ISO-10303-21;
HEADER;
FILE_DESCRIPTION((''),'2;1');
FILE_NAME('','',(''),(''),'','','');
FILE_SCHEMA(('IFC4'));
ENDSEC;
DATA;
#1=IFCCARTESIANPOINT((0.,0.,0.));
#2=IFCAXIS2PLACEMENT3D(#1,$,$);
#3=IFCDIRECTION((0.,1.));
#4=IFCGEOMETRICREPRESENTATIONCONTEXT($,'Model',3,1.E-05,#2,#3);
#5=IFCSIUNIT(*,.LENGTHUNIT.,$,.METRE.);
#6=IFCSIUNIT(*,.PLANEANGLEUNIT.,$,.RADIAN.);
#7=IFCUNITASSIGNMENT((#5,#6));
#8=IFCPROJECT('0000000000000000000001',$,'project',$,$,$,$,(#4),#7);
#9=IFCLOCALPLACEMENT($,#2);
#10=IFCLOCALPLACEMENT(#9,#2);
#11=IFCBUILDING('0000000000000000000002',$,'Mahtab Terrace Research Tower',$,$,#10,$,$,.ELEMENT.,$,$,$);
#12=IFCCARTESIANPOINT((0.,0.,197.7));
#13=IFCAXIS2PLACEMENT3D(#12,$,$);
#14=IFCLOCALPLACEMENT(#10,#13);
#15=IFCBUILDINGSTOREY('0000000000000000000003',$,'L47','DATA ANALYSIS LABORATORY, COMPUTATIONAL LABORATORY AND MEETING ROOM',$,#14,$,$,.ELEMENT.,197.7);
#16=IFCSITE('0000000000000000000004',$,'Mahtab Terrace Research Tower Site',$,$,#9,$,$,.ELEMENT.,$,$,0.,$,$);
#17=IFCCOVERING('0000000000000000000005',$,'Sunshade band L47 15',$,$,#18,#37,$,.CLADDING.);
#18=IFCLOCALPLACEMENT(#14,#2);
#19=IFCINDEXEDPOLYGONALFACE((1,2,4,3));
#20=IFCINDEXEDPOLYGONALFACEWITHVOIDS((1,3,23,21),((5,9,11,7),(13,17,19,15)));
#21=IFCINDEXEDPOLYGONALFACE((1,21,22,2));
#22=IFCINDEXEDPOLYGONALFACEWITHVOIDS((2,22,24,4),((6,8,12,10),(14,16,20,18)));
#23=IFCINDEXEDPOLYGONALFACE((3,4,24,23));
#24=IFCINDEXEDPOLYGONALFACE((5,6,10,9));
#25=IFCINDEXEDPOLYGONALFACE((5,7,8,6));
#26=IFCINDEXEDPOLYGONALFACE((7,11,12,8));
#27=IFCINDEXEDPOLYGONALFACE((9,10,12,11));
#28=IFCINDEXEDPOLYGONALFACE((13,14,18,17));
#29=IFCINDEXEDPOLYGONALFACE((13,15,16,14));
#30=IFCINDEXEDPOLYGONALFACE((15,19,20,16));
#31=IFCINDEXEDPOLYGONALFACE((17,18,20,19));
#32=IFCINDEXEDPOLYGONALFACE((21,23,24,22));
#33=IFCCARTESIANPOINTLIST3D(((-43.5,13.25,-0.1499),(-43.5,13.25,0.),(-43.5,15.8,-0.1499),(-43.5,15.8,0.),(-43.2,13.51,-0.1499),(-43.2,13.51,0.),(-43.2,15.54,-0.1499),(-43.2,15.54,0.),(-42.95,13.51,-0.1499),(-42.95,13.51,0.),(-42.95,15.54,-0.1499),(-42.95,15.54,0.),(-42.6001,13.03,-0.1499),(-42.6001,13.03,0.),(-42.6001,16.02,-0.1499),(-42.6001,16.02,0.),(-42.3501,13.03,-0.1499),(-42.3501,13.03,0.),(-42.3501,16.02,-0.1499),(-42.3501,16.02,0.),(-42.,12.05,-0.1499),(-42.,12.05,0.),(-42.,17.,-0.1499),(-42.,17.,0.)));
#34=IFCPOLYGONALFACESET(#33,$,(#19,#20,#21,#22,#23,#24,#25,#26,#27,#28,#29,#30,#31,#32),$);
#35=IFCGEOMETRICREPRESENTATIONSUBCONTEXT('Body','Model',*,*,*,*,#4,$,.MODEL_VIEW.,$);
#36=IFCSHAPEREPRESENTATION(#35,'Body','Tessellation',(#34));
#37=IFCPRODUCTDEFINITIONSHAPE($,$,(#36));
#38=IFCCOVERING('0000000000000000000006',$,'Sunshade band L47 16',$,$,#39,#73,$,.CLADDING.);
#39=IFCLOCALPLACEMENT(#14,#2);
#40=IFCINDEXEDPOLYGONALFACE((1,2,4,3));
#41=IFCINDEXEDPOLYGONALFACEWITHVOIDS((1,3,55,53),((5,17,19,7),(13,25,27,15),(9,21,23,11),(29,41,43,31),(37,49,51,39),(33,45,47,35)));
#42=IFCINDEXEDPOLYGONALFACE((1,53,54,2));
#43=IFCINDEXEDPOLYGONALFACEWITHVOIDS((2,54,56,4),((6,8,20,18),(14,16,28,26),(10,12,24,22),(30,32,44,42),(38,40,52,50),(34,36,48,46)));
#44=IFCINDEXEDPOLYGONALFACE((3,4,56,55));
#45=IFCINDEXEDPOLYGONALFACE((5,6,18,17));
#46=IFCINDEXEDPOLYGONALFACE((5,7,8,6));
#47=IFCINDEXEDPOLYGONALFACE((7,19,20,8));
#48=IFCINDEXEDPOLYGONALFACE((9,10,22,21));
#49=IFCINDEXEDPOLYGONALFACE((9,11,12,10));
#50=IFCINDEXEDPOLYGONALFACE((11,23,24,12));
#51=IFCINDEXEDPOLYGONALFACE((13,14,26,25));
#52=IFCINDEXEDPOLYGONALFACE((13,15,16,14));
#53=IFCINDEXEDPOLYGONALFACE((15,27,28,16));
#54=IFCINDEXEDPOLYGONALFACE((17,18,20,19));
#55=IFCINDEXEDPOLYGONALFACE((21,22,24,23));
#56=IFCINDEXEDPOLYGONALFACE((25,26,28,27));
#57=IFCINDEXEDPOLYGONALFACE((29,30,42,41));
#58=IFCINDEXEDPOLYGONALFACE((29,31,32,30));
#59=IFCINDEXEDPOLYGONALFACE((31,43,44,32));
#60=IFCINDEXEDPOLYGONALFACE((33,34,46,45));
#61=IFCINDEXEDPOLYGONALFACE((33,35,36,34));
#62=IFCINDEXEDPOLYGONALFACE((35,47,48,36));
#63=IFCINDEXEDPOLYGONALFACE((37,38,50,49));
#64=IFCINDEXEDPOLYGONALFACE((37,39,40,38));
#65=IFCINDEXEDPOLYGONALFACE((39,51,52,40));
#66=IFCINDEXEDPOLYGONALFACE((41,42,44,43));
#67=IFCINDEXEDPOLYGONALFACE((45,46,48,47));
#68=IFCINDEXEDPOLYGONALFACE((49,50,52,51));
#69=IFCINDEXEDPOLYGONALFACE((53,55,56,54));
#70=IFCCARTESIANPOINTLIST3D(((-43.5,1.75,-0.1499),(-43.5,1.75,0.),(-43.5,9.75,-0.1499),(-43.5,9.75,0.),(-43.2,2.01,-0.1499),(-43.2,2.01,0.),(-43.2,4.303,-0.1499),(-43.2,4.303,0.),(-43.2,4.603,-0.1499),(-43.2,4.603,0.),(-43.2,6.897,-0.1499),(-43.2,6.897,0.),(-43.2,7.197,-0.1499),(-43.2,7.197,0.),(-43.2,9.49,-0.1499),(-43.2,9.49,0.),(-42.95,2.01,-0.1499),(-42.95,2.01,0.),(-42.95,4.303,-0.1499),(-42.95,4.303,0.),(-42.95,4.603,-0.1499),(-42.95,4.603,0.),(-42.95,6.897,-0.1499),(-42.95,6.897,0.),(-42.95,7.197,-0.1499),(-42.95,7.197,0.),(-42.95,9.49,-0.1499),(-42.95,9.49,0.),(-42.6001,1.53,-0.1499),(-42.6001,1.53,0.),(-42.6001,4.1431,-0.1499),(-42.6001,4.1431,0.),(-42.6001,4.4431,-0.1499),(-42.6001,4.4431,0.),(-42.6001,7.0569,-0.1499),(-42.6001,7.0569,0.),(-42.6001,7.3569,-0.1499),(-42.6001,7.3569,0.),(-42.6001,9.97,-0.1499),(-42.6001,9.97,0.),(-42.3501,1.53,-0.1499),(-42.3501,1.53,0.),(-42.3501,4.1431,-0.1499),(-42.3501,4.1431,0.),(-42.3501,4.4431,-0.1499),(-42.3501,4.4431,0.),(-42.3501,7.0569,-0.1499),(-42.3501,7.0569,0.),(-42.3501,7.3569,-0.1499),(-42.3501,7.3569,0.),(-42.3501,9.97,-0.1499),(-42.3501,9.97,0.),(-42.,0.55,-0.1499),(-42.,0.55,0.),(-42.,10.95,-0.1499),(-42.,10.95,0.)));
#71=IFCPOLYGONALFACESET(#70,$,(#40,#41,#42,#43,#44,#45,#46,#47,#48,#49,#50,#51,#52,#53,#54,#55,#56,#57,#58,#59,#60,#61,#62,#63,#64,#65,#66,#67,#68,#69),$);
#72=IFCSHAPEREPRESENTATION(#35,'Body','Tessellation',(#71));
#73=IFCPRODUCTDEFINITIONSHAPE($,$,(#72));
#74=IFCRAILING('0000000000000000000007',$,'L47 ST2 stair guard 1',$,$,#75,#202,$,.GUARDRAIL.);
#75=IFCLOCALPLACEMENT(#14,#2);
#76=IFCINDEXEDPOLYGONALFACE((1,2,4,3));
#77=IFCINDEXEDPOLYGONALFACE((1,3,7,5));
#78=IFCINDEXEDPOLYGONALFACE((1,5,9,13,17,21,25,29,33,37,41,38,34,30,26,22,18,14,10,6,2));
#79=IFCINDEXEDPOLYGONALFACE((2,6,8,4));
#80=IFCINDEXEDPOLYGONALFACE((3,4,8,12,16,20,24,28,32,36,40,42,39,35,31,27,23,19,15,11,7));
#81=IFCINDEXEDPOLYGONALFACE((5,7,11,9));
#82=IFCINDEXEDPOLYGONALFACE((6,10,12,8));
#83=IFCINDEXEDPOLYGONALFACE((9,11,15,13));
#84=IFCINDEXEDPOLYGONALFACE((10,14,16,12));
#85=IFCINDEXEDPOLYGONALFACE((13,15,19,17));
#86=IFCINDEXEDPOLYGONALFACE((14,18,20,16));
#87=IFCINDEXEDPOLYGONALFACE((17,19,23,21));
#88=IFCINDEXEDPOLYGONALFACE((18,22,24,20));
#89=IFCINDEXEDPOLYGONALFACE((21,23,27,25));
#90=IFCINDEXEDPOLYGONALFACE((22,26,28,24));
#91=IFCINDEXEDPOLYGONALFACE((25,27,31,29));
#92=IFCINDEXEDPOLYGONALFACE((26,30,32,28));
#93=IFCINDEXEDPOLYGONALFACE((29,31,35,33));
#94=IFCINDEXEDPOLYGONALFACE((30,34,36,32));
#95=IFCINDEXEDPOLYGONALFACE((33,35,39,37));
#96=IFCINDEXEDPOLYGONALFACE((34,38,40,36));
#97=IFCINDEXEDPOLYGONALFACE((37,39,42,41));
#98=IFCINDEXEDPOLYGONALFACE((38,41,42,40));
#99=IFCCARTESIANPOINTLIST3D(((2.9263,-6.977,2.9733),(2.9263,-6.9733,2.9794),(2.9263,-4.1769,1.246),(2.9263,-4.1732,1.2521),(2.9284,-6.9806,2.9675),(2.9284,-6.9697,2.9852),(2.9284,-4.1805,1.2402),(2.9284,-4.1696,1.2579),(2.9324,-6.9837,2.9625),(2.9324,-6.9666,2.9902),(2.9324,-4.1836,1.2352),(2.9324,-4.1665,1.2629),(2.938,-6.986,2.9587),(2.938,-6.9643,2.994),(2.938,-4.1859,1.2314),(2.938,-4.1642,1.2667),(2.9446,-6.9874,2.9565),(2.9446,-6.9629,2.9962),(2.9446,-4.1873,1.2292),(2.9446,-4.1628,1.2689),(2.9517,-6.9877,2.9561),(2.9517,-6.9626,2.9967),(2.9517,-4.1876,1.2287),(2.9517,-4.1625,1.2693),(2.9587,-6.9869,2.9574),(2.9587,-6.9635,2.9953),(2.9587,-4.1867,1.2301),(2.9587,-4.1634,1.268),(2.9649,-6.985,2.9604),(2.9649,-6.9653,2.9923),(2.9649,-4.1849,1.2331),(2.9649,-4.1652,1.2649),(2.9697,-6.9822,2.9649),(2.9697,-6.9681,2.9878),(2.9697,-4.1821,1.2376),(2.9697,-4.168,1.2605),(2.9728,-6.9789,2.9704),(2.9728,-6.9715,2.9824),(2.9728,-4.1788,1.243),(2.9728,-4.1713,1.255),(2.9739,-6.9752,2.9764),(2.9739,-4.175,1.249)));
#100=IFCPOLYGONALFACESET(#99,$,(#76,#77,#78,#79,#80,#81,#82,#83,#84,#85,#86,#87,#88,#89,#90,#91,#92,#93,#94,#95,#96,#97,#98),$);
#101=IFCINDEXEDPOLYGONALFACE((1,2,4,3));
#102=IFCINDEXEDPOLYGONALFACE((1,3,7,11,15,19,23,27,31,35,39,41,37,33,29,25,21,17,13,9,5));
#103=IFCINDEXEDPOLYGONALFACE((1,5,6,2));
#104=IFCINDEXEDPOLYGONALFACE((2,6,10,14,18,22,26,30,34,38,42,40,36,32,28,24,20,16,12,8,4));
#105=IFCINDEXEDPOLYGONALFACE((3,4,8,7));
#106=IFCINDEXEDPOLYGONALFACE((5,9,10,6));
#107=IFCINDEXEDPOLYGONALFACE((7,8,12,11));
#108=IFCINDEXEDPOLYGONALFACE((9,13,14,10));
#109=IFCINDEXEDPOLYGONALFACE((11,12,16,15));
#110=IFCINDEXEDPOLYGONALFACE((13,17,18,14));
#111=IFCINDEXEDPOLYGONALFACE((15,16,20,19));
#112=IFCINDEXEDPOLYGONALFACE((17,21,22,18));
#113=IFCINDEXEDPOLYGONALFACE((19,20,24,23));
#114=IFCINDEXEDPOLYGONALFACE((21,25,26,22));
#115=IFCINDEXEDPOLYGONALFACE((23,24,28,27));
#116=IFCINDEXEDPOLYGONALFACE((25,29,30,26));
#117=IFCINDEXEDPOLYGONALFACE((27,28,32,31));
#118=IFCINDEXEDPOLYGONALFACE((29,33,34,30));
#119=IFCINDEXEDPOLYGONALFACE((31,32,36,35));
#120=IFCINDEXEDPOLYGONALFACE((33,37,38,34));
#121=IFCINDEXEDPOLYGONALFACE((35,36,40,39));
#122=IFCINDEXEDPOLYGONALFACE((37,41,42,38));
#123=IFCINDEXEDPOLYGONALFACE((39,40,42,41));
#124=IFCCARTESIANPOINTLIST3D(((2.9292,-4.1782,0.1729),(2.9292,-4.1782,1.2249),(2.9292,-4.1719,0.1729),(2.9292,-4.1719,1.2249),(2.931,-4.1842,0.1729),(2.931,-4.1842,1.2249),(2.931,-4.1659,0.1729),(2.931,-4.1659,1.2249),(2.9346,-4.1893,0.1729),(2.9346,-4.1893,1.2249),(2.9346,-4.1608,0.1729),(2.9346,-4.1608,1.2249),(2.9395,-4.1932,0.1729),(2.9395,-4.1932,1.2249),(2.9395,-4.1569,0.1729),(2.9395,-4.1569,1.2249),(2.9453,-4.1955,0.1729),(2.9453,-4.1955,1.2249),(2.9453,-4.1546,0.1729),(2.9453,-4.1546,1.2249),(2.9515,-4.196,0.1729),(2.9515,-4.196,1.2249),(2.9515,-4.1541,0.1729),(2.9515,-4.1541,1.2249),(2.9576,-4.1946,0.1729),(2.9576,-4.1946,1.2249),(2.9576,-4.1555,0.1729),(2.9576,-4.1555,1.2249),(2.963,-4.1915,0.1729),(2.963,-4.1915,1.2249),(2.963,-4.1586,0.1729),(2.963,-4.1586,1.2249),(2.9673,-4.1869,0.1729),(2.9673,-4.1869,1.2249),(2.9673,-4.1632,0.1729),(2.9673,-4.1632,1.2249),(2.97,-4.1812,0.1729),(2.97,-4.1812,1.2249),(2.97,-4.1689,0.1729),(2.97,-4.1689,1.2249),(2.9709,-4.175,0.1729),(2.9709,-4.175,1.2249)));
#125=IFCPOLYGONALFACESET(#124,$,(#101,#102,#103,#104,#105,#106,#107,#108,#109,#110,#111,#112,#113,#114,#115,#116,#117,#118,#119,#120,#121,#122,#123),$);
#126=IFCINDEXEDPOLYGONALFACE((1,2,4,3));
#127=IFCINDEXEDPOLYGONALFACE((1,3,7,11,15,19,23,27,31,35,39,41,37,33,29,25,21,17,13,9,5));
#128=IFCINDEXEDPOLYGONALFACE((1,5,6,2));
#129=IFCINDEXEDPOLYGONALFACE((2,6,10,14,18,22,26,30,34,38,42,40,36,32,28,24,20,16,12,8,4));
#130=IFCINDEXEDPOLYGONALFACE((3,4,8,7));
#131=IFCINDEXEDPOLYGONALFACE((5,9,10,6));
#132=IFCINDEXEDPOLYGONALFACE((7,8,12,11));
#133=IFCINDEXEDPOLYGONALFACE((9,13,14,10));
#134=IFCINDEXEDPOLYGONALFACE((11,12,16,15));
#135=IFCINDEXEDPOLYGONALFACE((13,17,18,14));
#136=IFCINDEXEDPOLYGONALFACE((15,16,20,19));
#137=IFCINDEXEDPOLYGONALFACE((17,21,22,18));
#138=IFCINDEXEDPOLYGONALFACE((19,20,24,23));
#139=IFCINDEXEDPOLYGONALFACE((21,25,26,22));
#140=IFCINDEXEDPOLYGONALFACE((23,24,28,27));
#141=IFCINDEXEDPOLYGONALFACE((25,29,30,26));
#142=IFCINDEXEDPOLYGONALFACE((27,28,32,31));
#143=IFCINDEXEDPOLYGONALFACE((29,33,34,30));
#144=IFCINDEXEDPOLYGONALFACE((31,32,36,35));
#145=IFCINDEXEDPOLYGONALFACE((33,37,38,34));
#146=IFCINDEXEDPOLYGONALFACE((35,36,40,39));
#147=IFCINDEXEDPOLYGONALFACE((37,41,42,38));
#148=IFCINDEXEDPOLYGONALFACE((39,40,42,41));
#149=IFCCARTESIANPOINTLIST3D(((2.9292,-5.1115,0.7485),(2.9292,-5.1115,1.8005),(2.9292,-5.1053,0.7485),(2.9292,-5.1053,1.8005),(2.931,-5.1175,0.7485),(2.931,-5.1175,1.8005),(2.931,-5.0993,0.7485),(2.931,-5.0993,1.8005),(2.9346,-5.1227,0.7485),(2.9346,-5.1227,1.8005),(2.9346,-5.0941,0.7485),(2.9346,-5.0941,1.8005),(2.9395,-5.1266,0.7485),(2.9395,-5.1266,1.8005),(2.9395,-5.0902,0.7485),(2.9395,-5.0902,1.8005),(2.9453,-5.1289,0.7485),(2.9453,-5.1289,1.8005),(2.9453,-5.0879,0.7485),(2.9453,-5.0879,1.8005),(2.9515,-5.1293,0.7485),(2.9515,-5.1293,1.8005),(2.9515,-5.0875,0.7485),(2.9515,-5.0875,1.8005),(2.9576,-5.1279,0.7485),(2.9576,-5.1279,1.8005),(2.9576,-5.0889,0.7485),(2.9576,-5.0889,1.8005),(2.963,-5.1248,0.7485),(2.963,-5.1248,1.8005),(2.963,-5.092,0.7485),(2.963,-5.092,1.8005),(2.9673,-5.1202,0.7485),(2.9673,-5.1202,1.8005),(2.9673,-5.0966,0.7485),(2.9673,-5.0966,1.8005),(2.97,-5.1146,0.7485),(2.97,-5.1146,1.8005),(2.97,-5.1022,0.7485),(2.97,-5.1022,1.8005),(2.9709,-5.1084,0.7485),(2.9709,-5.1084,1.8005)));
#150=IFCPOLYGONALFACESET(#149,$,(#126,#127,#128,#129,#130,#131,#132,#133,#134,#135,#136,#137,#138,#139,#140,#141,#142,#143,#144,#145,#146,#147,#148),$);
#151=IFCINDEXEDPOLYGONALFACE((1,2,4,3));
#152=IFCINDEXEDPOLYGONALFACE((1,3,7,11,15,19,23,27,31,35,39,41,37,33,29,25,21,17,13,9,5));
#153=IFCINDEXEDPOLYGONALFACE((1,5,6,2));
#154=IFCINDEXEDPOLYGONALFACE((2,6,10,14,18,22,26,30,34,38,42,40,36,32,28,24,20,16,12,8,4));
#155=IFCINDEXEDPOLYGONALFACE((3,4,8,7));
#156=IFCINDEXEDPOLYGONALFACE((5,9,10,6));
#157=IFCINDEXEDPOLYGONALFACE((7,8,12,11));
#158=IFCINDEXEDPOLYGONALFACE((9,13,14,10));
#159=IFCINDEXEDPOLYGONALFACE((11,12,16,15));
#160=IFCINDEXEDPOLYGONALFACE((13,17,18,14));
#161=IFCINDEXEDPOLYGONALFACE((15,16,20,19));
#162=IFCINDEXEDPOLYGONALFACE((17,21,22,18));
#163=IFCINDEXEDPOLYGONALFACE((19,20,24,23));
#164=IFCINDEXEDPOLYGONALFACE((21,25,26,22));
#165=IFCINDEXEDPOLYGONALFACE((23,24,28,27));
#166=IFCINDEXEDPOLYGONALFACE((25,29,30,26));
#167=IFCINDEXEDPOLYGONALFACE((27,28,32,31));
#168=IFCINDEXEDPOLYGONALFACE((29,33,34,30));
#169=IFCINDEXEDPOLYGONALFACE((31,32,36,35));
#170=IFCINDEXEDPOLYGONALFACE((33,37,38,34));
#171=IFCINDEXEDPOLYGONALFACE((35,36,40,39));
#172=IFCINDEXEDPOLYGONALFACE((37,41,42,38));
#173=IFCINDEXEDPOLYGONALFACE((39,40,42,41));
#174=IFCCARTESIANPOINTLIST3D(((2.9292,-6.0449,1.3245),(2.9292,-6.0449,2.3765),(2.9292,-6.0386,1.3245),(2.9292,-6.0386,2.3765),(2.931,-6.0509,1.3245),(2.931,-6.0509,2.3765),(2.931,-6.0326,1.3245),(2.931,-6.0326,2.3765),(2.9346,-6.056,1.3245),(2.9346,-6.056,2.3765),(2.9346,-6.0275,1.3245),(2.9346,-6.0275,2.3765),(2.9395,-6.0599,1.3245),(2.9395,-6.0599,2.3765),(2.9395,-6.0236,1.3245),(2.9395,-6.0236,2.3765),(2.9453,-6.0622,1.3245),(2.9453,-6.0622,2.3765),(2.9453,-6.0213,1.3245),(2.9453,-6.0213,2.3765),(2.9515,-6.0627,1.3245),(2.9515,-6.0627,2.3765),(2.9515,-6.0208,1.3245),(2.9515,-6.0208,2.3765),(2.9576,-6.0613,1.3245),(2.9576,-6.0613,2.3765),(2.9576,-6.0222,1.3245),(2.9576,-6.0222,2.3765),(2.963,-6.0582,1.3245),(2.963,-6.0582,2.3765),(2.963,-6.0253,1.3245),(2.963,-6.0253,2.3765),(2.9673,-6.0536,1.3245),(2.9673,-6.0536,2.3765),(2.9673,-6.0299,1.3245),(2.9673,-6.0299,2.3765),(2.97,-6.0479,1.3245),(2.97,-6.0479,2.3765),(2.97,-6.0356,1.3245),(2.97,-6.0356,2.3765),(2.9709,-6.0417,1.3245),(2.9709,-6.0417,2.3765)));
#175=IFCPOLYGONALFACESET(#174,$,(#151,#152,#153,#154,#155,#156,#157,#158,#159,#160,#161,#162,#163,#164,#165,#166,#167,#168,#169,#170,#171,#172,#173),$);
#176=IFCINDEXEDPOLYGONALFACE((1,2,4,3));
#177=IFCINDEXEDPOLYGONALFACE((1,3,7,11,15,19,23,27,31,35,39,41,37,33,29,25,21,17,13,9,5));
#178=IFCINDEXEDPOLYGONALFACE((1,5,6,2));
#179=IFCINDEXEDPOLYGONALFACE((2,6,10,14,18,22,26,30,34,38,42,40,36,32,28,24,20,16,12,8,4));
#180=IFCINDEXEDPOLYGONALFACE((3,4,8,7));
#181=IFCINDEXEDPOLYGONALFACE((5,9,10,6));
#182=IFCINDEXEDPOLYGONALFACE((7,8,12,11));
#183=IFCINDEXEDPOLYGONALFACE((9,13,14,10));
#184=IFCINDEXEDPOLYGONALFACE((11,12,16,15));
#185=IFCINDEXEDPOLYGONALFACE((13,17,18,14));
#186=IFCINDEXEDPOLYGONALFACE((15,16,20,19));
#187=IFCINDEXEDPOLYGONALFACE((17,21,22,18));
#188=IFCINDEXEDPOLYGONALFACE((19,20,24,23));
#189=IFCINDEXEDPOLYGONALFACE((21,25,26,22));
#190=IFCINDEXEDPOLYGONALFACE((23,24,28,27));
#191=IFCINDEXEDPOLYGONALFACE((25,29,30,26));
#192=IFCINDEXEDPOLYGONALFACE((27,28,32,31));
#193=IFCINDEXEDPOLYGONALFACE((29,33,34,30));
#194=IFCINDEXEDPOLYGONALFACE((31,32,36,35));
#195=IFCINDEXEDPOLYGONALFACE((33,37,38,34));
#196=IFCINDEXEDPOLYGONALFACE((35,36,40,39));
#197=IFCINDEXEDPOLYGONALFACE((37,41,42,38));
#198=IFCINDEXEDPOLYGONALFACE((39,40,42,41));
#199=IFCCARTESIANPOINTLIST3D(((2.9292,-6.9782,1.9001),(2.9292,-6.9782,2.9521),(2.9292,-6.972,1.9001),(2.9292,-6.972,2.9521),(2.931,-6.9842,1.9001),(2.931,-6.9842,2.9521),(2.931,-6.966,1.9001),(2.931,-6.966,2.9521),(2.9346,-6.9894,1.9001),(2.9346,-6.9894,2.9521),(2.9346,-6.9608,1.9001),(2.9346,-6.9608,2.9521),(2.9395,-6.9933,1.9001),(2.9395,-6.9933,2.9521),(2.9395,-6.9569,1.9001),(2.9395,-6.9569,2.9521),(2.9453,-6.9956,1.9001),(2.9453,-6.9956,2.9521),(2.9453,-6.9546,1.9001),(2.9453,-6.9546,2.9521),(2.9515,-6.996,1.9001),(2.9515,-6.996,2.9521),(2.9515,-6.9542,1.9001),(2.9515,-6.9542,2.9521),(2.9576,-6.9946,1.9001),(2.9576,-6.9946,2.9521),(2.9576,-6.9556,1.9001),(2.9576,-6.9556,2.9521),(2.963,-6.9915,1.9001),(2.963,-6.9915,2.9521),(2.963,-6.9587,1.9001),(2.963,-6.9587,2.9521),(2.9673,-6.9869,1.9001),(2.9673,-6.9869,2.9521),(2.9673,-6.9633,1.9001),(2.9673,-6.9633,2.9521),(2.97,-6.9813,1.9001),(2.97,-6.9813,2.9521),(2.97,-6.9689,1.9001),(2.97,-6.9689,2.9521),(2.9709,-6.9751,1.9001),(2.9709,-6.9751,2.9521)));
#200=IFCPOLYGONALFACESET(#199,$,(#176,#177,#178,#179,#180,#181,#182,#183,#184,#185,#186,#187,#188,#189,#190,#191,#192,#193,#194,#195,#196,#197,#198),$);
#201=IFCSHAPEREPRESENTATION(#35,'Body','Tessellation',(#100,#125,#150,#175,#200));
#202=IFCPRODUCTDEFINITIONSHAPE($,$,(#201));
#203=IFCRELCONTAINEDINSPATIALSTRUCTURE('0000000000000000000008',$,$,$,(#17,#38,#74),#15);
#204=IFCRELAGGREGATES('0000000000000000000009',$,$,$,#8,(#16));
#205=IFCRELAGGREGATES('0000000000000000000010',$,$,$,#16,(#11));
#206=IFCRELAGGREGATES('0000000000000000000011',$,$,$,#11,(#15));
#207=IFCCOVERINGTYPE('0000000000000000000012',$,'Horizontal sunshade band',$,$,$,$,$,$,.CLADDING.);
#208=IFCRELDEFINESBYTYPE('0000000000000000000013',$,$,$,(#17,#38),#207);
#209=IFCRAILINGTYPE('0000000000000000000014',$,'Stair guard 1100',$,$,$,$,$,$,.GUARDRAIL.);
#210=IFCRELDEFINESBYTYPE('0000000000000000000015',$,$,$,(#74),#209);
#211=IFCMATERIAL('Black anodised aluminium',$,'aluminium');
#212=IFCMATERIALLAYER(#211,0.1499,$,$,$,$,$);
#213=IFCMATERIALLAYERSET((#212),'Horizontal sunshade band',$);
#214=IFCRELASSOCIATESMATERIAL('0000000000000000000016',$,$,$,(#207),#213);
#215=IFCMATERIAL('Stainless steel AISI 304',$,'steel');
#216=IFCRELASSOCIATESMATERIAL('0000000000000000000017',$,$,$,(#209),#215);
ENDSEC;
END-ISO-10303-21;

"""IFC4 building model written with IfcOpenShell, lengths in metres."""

from ifc_helpers import new_model, si_unit, direction, frame, origin, origin_2d, place, context, subcontext, project, spatial, polyline, circle, outline, extrude, material, layer, layer_set, type_object, element, save


model = new_model("IFC4")

# Units and contexts
model_context = context("Model", 3, precision=1e-05, world=origin(), true_north=direction((0.0, 1.0)))
body_context = subcontext(model_context, "Body", "Model", "MODEL_VIEW")
ifc_project = project(units=[si_unit("LENGTHUNIT", "METRE"), si_unit("PLANEANGLEUNIT", "RADIAN")], contexts=[model_context])

# Site, building, storey
site_placement = place(None, origin())
site = spatial("IfcSite", under=ifc_project, at=site_placement, Name="Mahtab Terrace Research Tower Site", CompositionType="ELEMENT", RefElevation=0.0)
building_placement = place(site_placement, origin())
building = spatial("IfcBuilding", under=site, at=building_placement, Name="Mahtab Terrace Research Tower", CompositionType="ELEMENT")
storey_placement = place(building_placement, frame((0.0, 0.0, 197.7)))
storey = spatial("IfcBuildingStorey", under=building, at=storey_placement, Name="L47", Description="DATA ANALYSIS LABORATORY, COMPUTATIONAL LABORATORY AND MEETING ROOM", CompositionType="ELEMENT", Elevation=197.7)

# Coverings
ifc_material_1 = material(Name="Black anodised aluminium", Category="aluminium")
ifc_layer_1 = layer(ifc_material_1, 0.1499)
ifc_layer_set_1 = layer_set([ifc_layer_1], Name="Horizontal sunshade band")
covering_type = type_object("IfcCoveringType", Name="Horizontal sunshade band", PredefinedType="CLADDING", material=ifc_layer_set_1)
covering_1_placement = place(storey_placement, frame((0.0, 0.0, -0.1499)))
element("IfcCovering", 1, at=covering_1_placement, inside=storey, type_object=covering_type, Name="Sunshade band L47 15", PredefinedType="CLADDING", context=body_context, shape_type="SweptSolid", body=[
    extrude(outline(polyline([(-42.0, 17.0), (-42.0, 12.05), (-43.5, 13.25), (-43.5, 15.8), (-42.0, 17.0)]), holes=[polyline([(-42.3501, 16.02), (-42.3501, 13.03), (-42.6001, 13.03), (-42.6001, 16.02), (-42.3501, 16.02)]), polyline([(-42.95, 15.54), (-42.95, 13.51), (-43.2, 13.51), (-43.2, 15.54), (-42.95, 15.54)])]), origin(), (0.0, 0.0, 1.0), 0.1499),
])
covering_2_placement = place(storey_placement, frame((0.0, 0.0, -0.1499)))
element("IfcCovering", 2, at=covering_2_placement, inside=storey, type_object=covering_type, Name="Sunshade band L47 16", PredefinedType="CLADDING", context=body_context, shape_type="SweptSolid", body=[
    extrude(outline(polyline([(-42.0, 10.95), (-42.0, 0.55), (-43.5, 1.75), (-43.5, 9.75), (-42.0, 10.95)]), holes=[polyline([(-42.3501, 9.97), (-42.3501, 7.3569), (-42.6001, 7.3569), (-42.6001, 9.97), (-42.3501, 9.97)]), polyline([(-42.3501, 7.0569), (-42.3501, 4.4431), (-42.6001, 4.4431), (-42.6001, 7.0569), (-42.3501, 7.0569)]), polyline([(-42.3501, 4.1431), (-42.3501, 1.53), (-42.6001, 1.53), (-42.6001, 4.1431), (-42.3501, 4.1431)]), polyline([(-42.95, 9.49), (-42.95, 7.197), (-43.2, 7.197), (-43.2, 9.49), (-42.95, 9.49)]), polyline([(-42.95, 6.897), (-42.95, 4.603), (-43.2, 4.603), (-43.2, 6.897), (-42.95, 6.897)]), polyline([(-42.95, 4.303), (-42.95, 2.01), (-43.2, 2.01), (-43.2, 4.303), (-42.95, 4.303)])]), origin(), (0.0, 0.0, 1.0), 0.1499),
])

# Railing
ifc_material_2 = material(Name="Stainless steel AISI 304", Category="steel")
railing_type_1 = type_object("IfcRailingType", Name="Stair guard 1100", PredefinedType="GUARDRAIL", material=ifc_material_2)
railing_1_placement = place(storey_placement, frame((2.95, -4.175, 0.1729)))
element("IfcRailing", 3, at=railing_1_placement, inside=storey, type_object=railing_type_1, Name="L47 ST2 stair guard 1", PredefinedType="GUARDRAIL", context=body_context, shape_type="SweptSolid", body=[
    extrude(circle(Radius=0.0239, at=origin_2d()), frame((0.0, 0.0, 1.0762), z_axis=(0.0, -0.85109, 0.52502), x_axis=(1.0, 0.0, 0.0)), (0.0, 0.0, 1.0), 3.29),
    extrude(circle(Radius=0.021, at=origin_2d()), origin(), (0.0, 0.0, 1.0), 1.052),
    extrude(circle(Radius=0.021, at=origin_2d()), frame((0.0, -0.9333, 0.5757)), (0.0, 0.0, 1.0), 1.052),
    extrude(circle(Radius=0.021, at=origin_2d()), frame((0.0, -1.8667, 1.1516)), (0.0, 0.0, 1.0), 1.052),
    extrude(circle(Radius=0.021, at=origin_2d()), frame((0.0, -2.8, 1.7273)), (0.0, 0.0, 1.0), 1.052),
])

save(model, "model.ifc")
